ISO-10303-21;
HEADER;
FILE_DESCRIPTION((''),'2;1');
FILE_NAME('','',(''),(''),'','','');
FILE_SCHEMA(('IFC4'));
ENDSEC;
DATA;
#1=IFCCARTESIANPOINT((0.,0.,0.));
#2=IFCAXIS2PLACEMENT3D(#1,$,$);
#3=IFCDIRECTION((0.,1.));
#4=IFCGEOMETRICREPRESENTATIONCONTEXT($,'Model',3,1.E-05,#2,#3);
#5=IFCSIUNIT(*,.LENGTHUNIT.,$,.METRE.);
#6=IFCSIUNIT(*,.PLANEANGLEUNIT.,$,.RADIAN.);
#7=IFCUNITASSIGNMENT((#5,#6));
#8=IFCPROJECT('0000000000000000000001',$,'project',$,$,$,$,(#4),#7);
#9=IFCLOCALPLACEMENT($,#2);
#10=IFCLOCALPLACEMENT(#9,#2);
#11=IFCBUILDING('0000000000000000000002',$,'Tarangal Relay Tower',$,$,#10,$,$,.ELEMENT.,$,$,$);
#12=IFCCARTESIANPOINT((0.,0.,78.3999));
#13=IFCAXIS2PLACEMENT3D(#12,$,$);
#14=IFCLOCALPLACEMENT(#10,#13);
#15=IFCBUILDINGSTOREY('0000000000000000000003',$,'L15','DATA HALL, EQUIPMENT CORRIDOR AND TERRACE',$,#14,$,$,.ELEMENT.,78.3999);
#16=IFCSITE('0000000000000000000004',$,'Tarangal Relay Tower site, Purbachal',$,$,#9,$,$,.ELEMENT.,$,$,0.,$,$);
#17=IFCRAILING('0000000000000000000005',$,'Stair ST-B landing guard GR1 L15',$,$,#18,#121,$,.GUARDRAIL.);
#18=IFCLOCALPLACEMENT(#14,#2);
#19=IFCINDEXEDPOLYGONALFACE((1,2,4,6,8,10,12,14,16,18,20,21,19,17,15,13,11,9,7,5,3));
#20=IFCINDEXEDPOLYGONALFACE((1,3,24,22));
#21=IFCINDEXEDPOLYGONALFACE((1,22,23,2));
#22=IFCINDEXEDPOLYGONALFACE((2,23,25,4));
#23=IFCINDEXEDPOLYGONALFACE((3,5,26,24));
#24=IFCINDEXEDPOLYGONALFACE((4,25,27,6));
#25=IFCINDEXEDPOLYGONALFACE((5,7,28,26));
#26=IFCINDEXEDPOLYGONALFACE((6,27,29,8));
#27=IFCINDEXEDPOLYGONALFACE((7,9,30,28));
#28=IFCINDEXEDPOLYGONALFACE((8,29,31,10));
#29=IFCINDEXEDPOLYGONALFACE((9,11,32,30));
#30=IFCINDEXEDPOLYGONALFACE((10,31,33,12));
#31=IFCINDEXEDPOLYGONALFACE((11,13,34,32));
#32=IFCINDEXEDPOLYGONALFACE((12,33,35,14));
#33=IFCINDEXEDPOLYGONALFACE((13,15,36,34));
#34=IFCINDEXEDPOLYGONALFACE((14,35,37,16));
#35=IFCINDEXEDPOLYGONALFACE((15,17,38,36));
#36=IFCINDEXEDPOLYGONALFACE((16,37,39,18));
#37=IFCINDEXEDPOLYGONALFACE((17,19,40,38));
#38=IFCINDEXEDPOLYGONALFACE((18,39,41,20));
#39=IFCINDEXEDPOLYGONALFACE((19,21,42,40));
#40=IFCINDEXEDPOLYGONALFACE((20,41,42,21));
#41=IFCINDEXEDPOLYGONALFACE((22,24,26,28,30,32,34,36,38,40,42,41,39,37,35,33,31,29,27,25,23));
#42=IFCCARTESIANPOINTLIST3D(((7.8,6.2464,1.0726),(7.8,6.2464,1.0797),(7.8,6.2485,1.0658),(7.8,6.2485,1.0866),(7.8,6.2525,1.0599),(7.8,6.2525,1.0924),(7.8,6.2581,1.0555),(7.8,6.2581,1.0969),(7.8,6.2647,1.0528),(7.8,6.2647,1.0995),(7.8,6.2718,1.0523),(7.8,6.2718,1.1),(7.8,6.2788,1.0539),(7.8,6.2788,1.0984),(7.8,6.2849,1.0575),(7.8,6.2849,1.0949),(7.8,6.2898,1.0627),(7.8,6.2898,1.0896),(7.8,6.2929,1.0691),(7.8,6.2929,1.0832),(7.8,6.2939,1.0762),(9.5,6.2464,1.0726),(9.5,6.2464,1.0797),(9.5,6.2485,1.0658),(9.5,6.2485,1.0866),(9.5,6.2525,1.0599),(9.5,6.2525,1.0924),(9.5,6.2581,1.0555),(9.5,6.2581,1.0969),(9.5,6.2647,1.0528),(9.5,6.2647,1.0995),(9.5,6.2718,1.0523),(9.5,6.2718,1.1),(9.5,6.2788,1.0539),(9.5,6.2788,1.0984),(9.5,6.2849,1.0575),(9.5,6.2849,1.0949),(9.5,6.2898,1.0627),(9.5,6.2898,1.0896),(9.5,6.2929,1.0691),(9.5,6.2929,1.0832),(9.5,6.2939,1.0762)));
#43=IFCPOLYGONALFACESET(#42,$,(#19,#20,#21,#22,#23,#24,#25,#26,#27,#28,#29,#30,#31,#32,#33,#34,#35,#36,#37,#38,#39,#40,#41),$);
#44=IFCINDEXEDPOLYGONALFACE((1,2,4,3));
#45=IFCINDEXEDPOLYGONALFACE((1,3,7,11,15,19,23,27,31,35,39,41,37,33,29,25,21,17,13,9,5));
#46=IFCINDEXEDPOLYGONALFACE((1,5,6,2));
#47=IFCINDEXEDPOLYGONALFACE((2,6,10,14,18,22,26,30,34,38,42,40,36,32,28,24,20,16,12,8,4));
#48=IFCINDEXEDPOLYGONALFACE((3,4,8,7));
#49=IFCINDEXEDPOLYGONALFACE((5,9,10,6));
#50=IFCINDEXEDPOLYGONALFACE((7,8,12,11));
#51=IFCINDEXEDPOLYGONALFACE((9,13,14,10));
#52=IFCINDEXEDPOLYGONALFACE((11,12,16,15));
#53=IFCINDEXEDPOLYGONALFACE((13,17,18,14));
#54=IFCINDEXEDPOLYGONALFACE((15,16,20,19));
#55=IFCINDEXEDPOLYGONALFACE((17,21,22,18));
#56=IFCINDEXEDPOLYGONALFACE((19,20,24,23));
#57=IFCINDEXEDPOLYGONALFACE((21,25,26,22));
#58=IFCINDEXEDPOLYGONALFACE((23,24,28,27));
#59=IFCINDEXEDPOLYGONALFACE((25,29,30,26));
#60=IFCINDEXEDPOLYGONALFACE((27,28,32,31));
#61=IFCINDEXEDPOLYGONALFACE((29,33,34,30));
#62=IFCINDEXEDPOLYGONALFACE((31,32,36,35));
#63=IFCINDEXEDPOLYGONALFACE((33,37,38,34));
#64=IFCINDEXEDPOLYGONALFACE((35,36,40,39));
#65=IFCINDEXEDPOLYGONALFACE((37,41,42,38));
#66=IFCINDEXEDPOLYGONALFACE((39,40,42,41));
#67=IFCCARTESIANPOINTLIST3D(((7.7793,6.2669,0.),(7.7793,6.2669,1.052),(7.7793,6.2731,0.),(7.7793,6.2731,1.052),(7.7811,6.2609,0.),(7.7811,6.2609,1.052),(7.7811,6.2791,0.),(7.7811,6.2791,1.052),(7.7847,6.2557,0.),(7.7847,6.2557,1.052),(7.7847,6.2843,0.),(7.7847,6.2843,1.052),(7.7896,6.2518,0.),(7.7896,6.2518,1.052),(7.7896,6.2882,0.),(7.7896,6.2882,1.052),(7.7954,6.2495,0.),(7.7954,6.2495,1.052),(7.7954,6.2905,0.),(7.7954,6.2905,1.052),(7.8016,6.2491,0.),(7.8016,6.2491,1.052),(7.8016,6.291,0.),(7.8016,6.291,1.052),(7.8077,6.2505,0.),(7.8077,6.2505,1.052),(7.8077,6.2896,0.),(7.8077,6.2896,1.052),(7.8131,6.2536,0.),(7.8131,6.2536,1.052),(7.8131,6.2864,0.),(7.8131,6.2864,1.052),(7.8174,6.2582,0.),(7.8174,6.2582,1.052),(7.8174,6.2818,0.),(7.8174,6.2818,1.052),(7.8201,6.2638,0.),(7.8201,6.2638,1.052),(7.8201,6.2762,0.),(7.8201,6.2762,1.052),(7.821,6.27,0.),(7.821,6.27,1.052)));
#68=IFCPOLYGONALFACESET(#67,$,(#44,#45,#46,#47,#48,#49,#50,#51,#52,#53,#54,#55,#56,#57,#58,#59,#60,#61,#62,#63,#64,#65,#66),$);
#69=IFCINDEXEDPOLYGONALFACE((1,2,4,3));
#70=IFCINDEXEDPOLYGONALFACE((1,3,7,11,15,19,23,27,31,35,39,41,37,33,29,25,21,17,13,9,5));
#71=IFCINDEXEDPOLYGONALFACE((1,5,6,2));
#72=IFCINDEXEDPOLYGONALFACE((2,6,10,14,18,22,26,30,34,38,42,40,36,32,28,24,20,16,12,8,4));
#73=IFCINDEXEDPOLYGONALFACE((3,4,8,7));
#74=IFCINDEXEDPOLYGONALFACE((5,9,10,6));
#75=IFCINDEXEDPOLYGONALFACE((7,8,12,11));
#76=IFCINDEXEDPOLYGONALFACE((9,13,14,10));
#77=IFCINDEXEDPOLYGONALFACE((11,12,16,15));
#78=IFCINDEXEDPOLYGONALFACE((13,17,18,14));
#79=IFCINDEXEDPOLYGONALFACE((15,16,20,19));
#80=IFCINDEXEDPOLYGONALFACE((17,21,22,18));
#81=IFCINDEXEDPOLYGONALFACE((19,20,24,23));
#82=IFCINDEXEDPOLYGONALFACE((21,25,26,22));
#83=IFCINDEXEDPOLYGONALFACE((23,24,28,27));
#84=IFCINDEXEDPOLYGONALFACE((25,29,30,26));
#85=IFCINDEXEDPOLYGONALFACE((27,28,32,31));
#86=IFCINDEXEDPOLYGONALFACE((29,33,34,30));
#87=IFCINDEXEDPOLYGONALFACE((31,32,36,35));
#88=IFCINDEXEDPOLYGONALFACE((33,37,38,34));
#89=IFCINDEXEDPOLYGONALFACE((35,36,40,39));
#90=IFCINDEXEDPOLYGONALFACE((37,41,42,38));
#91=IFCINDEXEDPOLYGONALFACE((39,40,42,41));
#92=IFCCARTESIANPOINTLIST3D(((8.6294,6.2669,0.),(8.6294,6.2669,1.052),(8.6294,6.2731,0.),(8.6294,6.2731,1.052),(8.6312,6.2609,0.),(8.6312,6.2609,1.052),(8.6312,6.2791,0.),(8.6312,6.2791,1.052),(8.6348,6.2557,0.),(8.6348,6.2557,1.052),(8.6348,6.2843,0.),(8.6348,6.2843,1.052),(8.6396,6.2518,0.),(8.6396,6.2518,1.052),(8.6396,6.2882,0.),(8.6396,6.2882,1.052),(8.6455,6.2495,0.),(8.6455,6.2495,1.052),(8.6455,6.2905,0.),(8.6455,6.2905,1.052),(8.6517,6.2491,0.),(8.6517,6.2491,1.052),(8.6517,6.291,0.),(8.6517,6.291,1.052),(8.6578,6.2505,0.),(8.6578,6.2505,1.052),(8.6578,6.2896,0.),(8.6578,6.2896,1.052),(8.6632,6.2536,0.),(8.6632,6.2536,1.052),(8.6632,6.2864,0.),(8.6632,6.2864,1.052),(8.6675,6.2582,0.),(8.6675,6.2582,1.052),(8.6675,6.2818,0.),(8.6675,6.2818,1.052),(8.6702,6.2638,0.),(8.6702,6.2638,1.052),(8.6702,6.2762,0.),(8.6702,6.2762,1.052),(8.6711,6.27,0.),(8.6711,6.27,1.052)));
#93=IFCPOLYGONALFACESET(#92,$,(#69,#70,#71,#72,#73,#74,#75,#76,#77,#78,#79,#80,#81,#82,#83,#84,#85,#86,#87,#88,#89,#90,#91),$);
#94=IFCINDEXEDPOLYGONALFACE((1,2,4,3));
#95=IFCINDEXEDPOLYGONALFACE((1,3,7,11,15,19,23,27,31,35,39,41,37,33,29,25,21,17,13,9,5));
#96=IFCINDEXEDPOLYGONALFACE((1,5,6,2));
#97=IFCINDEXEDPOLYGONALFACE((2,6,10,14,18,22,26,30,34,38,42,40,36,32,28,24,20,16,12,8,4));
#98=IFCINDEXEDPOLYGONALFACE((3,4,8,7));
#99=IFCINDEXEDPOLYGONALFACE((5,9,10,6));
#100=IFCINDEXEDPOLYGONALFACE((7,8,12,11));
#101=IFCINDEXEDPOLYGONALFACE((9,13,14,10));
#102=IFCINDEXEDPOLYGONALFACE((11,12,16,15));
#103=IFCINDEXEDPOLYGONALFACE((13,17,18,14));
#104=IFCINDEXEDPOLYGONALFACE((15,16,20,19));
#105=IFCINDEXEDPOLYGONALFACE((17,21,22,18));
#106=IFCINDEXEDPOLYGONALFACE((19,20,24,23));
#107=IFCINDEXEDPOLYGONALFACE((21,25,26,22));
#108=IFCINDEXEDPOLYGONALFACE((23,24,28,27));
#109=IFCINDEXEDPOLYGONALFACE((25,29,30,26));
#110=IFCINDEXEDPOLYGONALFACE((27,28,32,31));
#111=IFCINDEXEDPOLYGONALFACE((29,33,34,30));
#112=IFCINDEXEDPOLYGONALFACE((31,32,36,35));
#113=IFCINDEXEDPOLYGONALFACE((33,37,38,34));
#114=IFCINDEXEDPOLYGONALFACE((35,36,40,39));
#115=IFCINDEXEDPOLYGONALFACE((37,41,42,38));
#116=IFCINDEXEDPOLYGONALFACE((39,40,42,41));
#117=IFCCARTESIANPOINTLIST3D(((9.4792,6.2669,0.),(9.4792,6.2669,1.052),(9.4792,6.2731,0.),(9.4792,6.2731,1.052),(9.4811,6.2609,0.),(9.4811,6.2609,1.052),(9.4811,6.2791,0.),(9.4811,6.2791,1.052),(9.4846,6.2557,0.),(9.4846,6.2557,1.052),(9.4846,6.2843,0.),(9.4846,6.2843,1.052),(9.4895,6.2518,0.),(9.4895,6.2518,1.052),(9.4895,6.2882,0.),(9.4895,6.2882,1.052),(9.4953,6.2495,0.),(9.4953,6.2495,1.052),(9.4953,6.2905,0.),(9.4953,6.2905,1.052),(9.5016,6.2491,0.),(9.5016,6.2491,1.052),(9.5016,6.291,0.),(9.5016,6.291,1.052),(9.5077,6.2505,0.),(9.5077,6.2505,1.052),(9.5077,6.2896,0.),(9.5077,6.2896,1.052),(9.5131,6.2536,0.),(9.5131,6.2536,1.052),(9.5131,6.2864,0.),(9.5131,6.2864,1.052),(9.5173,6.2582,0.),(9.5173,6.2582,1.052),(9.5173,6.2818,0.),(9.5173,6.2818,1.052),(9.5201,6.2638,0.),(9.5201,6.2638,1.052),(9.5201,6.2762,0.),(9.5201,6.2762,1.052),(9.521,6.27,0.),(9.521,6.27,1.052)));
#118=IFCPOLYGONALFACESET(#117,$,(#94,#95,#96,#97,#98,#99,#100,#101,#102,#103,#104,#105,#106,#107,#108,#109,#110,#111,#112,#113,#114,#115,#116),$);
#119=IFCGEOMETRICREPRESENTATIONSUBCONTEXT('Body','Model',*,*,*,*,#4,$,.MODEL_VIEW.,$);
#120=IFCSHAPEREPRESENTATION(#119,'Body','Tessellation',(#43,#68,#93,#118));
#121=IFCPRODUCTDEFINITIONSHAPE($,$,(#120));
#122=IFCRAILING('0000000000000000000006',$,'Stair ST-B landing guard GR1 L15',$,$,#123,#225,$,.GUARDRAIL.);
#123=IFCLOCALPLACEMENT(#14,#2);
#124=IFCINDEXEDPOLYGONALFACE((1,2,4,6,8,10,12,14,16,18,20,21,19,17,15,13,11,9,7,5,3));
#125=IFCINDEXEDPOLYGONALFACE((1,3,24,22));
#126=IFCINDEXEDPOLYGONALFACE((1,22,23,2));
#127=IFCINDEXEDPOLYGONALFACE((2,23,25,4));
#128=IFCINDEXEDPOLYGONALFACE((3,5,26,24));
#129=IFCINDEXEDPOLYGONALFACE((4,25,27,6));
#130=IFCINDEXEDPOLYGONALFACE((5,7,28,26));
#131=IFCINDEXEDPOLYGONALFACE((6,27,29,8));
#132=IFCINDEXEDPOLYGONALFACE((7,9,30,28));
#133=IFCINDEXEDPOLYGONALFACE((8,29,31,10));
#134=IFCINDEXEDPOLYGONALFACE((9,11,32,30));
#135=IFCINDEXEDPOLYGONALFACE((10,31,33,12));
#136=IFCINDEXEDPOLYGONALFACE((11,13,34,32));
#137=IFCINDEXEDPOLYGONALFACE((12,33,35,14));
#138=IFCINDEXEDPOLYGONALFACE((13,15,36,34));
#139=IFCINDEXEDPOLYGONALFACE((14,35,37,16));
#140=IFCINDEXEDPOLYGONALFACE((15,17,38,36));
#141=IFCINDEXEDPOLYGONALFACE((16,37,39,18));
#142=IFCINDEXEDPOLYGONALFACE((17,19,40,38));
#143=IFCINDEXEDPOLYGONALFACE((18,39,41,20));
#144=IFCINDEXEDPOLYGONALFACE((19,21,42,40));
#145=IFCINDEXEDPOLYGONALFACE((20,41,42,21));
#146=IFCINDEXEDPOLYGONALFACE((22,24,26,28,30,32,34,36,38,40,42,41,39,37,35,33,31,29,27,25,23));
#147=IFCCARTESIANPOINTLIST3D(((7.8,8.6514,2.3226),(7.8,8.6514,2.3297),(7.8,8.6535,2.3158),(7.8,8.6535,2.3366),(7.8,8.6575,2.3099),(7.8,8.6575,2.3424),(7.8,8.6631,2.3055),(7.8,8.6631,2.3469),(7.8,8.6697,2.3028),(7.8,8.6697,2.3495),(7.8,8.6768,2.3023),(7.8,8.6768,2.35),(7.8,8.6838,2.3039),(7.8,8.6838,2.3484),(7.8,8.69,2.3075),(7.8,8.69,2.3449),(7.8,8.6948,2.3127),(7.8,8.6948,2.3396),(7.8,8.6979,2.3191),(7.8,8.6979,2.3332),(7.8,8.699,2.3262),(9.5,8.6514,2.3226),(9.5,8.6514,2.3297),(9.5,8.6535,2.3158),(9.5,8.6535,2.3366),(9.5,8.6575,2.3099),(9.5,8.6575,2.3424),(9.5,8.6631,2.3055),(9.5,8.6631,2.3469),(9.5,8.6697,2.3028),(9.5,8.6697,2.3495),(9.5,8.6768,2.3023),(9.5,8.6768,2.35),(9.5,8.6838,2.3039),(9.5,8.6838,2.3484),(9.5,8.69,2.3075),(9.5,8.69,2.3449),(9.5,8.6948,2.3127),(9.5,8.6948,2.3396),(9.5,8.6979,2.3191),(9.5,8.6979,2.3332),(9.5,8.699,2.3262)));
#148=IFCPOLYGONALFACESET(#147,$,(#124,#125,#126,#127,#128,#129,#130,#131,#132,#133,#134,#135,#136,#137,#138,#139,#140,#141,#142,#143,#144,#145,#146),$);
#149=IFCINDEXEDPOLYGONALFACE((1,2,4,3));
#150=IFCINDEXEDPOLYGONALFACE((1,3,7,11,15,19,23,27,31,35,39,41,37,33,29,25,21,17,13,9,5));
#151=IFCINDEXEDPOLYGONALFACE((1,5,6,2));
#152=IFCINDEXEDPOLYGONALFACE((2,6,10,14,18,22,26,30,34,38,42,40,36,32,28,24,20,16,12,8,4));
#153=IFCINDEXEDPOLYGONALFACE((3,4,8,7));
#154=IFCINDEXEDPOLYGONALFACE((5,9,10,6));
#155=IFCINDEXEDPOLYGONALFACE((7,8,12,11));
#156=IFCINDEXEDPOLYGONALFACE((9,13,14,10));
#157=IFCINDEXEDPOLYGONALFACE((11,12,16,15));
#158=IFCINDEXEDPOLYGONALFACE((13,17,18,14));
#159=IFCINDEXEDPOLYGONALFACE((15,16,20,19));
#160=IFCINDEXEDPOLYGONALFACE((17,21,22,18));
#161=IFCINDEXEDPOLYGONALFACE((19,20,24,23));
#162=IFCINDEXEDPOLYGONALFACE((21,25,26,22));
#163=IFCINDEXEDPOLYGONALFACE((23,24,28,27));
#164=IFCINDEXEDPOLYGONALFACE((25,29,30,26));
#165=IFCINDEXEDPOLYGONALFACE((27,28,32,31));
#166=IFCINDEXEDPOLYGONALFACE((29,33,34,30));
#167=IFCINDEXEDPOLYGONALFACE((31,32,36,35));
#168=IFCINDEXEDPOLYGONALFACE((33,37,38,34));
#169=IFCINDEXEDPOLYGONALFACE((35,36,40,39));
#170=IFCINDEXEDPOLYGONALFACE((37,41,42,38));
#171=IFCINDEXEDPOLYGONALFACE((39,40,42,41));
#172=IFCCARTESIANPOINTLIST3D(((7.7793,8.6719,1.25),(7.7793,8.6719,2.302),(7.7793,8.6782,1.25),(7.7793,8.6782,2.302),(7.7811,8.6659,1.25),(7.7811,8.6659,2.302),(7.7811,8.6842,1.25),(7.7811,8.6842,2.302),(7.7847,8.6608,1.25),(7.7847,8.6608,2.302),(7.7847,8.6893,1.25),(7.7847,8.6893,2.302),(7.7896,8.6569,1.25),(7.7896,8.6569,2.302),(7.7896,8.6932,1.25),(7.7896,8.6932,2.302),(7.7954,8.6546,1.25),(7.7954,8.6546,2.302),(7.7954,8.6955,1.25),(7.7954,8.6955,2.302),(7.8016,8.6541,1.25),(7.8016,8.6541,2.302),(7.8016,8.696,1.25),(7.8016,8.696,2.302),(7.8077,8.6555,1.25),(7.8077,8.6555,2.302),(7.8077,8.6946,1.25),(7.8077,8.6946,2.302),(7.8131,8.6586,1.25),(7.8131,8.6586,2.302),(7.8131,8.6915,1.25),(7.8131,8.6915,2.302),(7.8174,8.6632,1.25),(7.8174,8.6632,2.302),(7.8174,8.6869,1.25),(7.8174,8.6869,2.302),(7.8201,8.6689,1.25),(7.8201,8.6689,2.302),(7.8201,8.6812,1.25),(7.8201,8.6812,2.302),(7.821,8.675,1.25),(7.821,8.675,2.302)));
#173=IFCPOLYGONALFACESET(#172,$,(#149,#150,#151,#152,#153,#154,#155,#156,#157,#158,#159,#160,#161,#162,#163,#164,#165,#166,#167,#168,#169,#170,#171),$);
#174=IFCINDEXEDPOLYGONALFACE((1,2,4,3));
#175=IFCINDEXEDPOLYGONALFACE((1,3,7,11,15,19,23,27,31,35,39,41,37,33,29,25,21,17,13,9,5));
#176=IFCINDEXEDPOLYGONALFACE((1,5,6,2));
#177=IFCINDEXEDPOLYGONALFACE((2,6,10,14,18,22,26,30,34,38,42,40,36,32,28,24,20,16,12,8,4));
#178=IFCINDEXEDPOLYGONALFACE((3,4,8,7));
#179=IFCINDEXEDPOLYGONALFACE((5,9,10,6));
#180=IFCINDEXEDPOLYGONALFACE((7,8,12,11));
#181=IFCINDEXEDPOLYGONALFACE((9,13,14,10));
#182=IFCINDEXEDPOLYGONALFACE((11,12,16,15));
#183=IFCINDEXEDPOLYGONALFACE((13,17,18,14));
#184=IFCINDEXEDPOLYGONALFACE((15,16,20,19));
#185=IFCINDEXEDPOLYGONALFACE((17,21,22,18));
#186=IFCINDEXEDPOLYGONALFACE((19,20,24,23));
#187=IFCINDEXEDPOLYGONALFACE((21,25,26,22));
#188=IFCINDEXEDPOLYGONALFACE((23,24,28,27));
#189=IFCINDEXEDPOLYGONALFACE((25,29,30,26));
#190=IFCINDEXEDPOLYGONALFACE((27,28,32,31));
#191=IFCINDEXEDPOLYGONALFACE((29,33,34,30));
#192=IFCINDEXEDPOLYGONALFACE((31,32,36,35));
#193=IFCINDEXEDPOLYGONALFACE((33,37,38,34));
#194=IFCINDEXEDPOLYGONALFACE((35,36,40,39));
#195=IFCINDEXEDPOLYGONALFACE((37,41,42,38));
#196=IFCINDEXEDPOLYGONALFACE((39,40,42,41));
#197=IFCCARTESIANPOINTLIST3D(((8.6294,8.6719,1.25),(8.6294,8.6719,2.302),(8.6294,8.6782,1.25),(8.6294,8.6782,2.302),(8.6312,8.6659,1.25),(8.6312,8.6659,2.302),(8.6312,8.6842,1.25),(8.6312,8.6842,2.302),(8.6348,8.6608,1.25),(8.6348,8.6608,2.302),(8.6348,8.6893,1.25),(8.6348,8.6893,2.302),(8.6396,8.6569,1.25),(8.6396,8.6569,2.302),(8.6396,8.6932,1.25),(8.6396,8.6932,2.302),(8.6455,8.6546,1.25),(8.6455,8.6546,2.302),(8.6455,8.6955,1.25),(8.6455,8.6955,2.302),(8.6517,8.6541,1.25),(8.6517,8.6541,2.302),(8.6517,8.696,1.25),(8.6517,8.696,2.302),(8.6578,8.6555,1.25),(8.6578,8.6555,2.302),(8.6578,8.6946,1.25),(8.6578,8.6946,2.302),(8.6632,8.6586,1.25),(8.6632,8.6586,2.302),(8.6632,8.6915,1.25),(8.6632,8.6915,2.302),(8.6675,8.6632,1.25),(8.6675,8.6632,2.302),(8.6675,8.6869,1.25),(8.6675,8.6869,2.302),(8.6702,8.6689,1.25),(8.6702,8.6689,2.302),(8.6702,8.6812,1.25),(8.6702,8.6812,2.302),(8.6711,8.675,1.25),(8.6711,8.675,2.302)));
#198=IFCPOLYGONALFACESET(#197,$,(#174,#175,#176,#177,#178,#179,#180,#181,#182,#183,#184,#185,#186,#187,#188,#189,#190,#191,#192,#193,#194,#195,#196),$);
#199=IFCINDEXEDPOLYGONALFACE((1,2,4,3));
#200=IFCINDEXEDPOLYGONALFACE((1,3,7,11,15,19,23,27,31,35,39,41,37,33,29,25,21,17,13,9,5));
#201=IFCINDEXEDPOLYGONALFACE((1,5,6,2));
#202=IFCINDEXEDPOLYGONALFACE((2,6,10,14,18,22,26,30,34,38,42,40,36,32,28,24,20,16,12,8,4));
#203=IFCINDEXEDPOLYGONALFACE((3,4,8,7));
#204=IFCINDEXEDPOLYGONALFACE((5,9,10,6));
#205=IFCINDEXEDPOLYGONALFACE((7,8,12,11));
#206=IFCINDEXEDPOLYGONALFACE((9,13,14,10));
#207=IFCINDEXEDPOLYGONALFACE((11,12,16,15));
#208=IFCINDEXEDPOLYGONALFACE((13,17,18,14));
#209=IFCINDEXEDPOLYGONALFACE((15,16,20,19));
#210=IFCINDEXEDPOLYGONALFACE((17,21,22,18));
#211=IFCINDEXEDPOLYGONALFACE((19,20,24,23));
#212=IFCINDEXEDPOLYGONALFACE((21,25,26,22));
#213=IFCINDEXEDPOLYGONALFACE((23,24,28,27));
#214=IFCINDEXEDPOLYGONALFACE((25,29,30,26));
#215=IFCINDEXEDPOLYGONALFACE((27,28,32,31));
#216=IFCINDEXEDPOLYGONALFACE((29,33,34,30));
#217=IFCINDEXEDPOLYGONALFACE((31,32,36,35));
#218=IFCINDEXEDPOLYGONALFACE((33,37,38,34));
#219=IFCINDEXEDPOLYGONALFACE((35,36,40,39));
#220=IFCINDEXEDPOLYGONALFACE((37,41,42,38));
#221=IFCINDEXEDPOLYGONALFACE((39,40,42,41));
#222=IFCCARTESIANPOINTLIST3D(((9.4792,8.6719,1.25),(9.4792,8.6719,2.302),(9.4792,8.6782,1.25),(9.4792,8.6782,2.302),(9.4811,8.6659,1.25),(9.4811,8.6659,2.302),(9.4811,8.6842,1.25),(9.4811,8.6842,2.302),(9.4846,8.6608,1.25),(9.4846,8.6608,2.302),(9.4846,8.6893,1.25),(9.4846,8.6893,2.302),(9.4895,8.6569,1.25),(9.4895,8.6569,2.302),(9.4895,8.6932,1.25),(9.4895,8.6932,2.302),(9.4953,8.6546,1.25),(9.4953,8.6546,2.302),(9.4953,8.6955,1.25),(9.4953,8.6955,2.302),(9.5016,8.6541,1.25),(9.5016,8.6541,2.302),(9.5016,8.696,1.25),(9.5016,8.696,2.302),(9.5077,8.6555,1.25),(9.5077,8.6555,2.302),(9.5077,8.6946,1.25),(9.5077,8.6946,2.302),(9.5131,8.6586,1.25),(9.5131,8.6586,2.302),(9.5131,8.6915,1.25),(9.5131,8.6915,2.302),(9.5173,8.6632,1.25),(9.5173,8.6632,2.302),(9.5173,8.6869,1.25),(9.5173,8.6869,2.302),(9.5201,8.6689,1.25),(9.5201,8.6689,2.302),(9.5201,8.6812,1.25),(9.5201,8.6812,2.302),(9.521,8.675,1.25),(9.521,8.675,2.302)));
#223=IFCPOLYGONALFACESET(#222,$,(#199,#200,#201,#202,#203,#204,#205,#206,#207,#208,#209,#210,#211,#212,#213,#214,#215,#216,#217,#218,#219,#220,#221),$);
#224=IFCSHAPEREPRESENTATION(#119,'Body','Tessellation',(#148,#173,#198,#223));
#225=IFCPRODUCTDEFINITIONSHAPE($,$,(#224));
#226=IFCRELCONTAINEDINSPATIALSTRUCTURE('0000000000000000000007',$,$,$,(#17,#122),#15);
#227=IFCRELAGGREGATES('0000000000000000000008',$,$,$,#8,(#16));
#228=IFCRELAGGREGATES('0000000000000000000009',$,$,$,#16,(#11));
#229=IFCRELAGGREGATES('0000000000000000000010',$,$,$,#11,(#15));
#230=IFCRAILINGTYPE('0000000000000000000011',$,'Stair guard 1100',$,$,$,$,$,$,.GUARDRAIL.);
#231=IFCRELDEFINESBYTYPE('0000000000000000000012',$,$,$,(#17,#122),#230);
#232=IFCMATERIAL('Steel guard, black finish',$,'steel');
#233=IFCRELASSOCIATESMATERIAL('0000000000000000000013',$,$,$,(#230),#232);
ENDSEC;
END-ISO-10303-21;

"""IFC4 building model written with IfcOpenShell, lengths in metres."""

from ifc_helpers import new_model, si_unit, direction, frame, origin, origin_2d, place, context, subcontext, project, spatial, circle, extrude, material, type_object, element, save


model = new_model("IFC4")

# Units and contexts
model_context = context("Model", 3, precision=1e-05, world=origin(), true_north=direction((0.0, 1.0)))
body_context = subcontext(model_context, "Body", "Model", "MODEL_VIEW")
ifc_project = project(units=[si_unit("LENGTHUNIT", "METRE"), si_unit("PLANEANGLEUNIT", "RADIAN")], contexts=[model_context])

# Site, building, storey
site_placement = place(None, origin())
site = spatial("IfcSite", under=ifc_project, at=site_placement, Name="Tarangal Relay Tower site, Purbachal", CompositionType="ELEMENT", RefElevation=0.0)
building_placement = place(site_placement, origin())
building = spatial("IfcBuilding", under=site, at=building_placement, Name="Tarangal Relay Tower", CompositionType="ELEMENT")
storey_placement = place(building_placement, frame((0.0, 0.0, 78.3999)))
storey = spatial("IfcBuildingStorey", under=building, at=storey_placement, Name="L15", Description="DATA HALL, EQUIPMENT CORRIDOR AND TERRACE", CompositionType="ELEMENT", Elevation=78.3999)

# Railings
ifc_material_1 = material(Name="Steel guard, black finish", Category="steel")
railing_type_1 = type_object("IfcRailingType", Name="Stair guard 1100", PredefinedType="GUARDRAIL", material=ifc_material_1)
for number, where, name in (
    (1, (7.8, 6.27, 0.0), "Stair ST-B landing guard GR1 L15"),
    (2, (7.8, 8.675, 1.25), "Stair ST-B landing guard GR1 L15"),
):
    element("IfcRailing", number, at=place(storey_placement, frame(where)), inside=storey, type_object=railing_type_1, Name=name, PredefinedType="GUARDRAIL", context=body_context, shape_type="SweptSolid", body=[
        extrude(circle(Radius=0.0239, at=origin_2d()), frame((0.0, 0.0, 1.0762), z_axis=(1.0, 0.0, 0.0), x_axis=(0.0, 1.0, 0.0)), (0.0, 0.0, 1.0), 1.7),
        extrude(circle(Radius=0.021, at=origin_2d()), origin(), (0.0, 0.0, 1.0), 1.052),
        extrude(circle(Radius=0.021, at=origin_2d()), frame((0.8501, 0.0, 0.0)), (0.0, 0.0, 1.0), 1.052),
        extrude(circle(Radius=0.021, at=origin_2d()), frame((1.7, 0.0, 0.0)), (0.0, 0.0, 1.0), 1.052),
    ])

save(model, "model.ifc")
